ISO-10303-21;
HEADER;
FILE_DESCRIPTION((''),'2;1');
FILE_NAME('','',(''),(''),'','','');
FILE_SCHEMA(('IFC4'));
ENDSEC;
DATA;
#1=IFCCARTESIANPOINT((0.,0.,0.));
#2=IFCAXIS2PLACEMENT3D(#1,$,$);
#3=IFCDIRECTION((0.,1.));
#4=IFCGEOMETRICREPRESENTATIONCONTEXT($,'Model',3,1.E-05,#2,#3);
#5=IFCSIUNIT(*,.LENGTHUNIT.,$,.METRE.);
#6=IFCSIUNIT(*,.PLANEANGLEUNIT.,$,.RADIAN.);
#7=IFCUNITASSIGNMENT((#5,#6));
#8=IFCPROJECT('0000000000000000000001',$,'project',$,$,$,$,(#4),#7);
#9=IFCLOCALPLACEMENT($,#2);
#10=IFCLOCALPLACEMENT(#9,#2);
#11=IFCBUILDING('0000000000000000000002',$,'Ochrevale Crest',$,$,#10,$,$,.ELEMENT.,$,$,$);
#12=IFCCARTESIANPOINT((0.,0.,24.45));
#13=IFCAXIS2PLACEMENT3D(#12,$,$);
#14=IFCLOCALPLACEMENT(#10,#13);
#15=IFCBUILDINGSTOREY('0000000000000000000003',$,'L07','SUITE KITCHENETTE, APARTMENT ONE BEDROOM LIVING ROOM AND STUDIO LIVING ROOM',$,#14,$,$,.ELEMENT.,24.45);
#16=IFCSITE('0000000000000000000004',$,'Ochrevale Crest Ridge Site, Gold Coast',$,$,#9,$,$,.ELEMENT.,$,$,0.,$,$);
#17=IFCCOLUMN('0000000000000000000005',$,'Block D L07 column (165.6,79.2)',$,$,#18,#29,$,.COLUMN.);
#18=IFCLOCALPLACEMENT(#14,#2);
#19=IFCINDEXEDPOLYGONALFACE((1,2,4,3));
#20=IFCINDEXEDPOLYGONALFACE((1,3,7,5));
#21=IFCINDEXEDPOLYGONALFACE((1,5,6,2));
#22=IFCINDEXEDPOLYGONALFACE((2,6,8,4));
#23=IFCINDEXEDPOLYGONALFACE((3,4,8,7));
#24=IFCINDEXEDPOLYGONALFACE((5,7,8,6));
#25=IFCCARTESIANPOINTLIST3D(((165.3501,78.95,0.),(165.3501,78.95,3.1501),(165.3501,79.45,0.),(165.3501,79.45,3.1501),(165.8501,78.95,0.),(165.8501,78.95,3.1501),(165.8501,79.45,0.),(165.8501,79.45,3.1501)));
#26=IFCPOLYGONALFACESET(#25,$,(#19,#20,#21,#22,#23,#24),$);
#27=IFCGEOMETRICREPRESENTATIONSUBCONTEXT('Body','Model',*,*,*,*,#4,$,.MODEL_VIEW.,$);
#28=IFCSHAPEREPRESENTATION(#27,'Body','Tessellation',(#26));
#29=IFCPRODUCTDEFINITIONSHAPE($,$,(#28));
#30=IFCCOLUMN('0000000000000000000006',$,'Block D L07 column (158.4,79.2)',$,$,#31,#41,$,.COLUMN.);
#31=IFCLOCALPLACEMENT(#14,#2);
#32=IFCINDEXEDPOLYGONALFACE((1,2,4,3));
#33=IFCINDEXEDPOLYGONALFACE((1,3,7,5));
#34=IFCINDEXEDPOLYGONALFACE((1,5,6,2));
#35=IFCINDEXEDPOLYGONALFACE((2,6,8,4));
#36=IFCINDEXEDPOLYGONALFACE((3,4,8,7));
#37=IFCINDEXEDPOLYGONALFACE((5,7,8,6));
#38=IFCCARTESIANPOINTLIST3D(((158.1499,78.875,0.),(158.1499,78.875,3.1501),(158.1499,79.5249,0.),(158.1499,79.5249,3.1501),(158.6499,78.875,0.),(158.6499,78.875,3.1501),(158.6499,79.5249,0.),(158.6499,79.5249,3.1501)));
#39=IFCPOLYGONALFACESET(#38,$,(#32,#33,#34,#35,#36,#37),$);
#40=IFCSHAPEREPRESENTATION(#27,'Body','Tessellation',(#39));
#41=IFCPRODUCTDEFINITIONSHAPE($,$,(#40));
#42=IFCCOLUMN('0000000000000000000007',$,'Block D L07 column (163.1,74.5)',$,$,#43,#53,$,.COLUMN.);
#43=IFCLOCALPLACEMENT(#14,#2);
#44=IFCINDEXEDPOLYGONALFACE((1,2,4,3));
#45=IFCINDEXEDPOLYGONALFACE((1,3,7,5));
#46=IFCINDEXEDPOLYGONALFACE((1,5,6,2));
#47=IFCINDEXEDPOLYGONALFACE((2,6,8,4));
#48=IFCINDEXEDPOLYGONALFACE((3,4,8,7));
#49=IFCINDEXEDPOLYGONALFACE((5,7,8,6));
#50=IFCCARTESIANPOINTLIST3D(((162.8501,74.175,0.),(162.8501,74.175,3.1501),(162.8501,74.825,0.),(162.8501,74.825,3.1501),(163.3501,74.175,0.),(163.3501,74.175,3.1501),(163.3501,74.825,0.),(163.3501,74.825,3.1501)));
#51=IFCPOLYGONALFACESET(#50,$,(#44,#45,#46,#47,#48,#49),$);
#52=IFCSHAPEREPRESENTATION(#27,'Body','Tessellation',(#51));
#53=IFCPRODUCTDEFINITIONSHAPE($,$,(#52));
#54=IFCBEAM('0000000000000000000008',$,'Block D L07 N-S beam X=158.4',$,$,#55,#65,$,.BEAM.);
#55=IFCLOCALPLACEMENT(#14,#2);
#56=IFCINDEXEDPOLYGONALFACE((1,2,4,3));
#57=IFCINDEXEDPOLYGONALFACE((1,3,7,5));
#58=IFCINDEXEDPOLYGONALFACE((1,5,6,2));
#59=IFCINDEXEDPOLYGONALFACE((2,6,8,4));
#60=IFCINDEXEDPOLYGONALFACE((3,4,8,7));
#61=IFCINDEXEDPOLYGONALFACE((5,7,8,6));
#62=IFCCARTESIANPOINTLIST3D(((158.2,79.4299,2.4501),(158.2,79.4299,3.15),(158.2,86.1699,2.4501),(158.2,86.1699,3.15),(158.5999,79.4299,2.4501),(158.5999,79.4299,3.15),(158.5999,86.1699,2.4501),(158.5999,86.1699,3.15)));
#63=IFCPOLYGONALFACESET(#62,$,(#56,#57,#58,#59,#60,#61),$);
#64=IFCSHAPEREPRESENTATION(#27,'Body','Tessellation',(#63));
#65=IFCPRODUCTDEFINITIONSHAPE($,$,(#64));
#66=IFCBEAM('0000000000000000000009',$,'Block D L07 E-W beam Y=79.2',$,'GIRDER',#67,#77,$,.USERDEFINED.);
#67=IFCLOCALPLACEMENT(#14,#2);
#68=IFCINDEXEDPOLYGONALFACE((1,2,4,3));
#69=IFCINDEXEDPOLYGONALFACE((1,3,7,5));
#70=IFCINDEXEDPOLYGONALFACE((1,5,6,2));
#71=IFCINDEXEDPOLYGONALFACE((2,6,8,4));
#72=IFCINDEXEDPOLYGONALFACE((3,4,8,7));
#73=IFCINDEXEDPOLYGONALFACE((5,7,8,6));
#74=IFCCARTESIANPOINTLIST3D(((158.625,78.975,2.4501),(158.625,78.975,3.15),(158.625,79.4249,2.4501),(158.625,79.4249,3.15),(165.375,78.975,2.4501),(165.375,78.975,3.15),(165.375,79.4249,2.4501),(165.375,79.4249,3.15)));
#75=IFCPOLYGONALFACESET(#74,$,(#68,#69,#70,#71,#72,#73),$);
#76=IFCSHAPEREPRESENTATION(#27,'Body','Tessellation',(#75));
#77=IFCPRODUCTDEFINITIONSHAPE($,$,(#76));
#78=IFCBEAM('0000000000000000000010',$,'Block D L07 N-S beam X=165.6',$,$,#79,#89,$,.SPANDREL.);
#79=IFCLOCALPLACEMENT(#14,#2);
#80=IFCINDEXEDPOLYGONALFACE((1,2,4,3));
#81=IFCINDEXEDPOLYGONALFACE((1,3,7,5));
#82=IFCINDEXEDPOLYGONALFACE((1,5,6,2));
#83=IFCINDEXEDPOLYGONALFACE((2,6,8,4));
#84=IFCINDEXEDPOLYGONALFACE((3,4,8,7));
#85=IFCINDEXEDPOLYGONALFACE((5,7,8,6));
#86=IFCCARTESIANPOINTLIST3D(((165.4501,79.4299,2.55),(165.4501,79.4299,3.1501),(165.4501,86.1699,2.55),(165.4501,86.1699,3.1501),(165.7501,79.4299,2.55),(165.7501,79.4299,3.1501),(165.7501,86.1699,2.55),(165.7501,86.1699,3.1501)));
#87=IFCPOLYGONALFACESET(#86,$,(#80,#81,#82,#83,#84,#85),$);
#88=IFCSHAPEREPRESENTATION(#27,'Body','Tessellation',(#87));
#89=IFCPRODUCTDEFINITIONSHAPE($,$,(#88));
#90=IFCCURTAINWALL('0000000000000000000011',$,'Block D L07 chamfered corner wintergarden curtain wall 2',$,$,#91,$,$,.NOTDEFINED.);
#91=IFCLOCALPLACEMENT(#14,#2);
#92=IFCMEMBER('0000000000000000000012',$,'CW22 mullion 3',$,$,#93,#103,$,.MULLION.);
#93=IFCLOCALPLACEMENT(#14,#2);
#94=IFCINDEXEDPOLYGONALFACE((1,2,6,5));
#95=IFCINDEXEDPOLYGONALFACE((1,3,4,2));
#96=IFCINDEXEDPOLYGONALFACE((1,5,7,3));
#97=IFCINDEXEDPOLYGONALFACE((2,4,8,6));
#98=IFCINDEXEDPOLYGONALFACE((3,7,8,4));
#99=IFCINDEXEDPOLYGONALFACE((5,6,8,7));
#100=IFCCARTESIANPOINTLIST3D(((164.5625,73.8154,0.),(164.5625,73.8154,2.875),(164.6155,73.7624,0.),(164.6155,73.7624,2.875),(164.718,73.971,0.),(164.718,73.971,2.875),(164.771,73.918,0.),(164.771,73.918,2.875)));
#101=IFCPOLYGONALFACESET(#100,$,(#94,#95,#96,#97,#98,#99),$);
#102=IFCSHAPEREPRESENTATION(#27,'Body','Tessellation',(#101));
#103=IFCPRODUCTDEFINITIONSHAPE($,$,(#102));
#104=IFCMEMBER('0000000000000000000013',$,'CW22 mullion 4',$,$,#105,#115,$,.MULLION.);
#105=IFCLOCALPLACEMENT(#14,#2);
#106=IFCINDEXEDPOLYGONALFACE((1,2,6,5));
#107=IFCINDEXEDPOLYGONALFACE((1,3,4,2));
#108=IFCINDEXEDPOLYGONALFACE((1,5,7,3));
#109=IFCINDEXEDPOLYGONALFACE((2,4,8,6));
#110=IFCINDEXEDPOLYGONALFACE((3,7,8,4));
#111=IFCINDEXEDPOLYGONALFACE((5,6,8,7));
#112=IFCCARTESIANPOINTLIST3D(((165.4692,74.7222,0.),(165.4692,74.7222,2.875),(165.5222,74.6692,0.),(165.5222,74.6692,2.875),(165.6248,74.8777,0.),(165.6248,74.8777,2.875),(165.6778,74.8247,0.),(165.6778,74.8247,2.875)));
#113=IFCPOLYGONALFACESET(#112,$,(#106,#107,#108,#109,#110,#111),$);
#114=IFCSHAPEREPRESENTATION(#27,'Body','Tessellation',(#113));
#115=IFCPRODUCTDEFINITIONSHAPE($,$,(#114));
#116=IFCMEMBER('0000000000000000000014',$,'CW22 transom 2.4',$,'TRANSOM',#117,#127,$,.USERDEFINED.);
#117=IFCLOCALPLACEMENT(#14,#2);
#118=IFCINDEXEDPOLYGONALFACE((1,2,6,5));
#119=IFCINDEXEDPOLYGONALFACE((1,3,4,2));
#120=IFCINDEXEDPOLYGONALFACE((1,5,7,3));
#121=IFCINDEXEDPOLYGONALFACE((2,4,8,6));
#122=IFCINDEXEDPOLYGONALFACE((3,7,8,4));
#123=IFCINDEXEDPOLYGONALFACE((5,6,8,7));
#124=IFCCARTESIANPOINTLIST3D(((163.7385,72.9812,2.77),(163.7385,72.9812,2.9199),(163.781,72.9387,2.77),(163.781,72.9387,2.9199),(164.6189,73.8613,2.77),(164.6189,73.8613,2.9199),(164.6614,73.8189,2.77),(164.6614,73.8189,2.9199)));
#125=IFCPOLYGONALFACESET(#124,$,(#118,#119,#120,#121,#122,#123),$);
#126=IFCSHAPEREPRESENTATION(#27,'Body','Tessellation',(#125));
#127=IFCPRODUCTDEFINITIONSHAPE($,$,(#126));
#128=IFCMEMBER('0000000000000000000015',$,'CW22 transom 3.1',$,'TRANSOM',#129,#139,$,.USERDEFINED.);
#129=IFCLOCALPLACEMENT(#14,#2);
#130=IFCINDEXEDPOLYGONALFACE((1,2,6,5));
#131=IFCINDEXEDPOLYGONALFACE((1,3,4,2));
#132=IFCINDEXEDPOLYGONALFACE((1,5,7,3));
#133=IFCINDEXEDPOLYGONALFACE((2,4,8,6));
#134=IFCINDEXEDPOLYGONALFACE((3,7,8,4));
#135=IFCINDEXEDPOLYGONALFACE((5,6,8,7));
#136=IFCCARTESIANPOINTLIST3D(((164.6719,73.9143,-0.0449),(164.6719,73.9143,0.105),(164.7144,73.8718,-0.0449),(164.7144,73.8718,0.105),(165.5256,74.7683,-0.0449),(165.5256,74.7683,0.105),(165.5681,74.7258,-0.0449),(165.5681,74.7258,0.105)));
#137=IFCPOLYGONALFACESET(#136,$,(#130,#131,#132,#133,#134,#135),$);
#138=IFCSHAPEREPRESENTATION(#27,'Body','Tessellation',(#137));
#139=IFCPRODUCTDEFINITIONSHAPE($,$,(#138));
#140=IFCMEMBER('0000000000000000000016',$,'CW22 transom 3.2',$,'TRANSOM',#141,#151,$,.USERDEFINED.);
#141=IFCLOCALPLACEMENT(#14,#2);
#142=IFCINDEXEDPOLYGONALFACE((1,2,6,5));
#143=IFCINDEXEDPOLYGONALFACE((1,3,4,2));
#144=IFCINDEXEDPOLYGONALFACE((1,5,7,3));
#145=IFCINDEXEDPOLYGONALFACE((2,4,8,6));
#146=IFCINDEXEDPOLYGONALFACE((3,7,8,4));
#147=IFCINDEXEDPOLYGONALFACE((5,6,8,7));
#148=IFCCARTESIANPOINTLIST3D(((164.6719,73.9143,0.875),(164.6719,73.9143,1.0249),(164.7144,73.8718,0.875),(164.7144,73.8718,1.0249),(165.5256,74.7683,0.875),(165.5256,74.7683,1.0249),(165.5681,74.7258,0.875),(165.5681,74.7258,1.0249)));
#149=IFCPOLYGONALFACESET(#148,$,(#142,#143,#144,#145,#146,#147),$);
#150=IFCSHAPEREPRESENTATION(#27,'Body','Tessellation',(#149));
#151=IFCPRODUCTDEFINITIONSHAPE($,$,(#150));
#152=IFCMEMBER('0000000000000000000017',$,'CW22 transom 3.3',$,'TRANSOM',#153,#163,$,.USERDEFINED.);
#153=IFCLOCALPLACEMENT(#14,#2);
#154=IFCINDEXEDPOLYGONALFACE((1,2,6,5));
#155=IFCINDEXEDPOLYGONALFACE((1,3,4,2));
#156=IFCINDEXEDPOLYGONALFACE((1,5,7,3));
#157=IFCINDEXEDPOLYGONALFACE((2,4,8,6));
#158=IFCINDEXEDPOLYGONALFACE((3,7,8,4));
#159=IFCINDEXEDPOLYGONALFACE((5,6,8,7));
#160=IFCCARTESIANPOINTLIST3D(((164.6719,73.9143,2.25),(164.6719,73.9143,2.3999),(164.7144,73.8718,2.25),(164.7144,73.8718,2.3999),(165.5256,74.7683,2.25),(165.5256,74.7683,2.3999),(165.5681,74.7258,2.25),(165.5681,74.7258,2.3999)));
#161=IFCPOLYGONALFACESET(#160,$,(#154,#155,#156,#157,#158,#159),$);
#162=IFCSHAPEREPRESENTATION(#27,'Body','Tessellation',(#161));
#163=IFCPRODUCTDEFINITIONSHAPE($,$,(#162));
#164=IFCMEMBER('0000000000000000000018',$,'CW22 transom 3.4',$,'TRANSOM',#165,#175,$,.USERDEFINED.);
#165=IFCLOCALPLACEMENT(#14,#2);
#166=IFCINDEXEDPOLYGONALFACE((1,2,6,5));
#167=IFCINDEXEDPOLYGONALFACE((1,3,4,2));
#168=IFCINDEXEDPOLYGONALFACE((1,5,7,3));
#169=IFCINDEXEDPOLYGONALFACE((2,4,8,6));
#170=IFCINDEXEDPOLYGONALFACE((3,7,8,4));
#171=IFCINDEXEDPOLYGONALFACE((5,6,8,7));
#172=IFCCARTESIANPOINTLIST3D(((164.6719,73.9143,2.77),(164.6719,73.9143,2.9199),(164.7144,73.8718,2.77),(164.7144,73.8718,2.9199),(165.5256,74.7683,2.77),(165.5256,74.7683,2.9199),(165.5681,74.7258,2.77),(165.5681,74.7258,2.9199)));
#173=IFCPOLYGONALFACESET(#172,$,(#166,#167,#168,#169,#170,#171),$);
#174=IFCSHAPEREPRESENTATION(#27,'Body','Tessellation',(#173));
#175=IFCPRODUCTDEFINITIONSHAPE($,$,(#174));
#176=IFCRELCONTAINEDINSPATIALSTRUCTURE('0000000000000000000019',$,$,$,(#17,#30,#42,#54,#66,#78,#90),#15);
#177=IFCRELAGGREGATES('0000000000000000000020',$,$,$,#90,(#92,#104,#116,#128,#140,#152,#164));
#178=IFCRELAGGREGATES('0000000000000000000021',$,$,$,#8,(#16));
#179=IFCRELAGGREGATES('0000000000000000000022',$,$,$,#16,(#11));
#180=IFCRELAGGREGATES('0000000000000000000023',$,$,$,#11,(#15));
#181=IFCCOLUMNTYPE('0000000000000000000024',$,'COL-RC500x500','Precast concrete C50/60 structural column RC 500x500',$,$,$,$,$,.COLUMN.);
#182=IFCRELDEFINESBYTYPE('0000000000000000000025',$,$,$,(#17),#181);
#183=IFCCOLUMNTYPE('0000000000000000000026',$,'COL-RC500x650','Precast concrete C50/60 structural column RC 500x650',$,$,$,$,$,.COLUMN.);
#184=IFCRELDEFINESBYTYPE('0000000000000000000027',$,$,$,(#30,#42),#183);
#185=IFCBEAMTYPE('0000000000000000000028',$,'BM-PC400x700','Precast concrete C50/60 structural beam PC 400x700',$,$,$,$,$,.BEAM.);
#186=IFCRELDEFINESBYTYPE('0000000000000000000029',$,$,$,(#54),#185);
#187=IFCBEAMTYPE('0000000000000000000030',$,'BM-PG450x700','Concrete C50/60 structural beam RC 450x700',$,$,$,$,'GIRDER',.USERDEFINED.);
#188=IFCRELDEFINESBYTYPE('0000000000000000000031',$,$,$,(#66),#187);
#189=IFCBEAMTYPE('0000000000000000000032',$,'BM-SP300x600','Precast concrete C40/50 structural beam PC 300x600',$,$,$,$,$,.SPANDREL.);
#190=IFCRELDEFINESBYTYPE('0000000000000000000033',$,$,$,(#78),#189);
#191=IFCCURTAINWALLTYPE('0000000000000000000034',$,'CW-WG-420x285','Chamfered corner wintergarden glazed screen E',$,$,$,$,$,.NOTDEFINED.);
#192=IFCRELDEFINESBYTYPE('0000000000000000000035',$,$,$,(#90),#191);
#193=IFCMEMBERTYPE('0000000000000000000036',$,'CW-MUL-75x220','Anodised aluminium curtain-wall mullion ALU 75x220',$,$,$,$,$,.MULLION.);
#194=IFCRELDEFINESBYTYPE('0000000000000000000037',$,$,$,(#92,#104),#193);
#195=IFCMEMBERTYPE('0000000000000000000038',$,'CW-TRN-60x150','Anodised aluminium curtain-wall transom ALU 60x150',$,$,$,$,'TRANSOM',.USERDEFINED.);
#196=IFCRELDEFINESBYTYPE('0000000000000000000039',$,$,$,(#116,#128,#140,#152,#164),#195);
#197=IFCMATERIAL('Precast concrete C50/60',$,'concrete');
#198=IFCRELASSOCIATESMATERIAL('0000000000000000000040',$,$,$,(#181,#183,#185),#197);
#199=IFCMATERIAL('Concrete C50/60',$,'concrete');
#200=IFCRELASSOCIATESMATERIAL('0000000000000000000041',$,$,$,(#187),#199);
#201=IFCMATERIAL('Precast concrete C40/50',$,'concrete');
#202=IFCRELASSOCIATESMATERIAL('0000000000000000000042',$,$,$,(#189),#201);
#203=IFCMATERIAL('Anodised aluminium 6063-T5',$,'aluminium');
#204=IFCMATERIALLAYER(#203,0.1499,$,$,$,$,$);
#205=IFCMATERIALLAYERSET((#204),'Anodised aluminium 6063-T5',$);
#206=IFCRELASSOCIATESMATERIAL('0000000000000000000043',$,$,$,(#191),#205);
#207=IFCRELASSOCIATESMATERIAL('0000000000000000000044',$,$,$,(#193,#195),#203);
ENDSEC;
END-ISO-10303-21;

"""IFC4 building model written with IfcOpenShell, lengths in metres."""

from ifc_helpers import new_model, si_unit, direction, frame, origin, origin_2d, place, context, subcontext, project, spatial, rectangle, extrude, material, layer, layer_set, material_profile, profile_set, type_object, element, aggregate, save


model = new_model("IFC4")

# Units and contexts
model_context = context("Model", 3, precision=1e-05, world=origin(), true_north=direction((0.0, 1.0)))
body_context = subcontext(model_context, "Body", "Model", "MODEL_VIEW")
ifc_project = project(units=[si_unit("LENGTHUNIT", "METRE"), si_unit("PLANEANGLEUNIT", "RADIAN")], contexts=[model_context])

# Site, building, storey
site_placement = place(None, origin())
site = spatial("IfcSite", under=ifc_project, at=site_placement, Name="Ochrevale Crest Ridge Site, Gold Coast", CompositionType="ELEMENT", RefElevation=0.0)
building_placement = place(site_placement, origin())
building = spatial("IfcBuilding", under=site, at=building_placement, Name="Ochrevale Crest", CompositionType="ELEMENT")
storey_placement = place(building_placement, frame((0.0, 0.0, 24.45)))
storey = spatial("IfcBuildingStorey", under=building, at=storey_placement, Name="L07", Description="SUITE KITCHENETTE, APARTMENT ONE BEDROOM LIVING ROOM AND STUDIO LIVING ROOM", CompositionType="ELEMENT", Elevation=24.45)

# Columns
ifc_material_1 = material(Name="Precast concrete C50/60", Category="concrete")
ifc_material_profile_1 = material_profile(ifc_material_1, rectangle(XDim=0.5, YDim=0.5, at=origin_2d()), Name="RC 500x500")
ifc_profile_set_1 = profile_set([ifc_material_profile_1], Name="Precast concrete C50/60")
column_type_1 = type_object("IfcColumnType", Name="COL-RC500x500", Description="Precast concrete C50/60 structural column RC 500x500", PredefinedType="COLUMN", material=ifc_profile_set_1)
column_placement = place(storey_placement, frame((165.6001, 79.2, 0.0), z_axis=(0.0, 0.0, 1.0), x_axis=(1.0, 0.0, 0.0)))
element("IfcColumn", 1, at=column_placement, inside=storey, type_object=column_type_1, Name="Block D L07 column (165.6,79.2)", PredefinedType="COLUMN", context=body_context, shape_type="SweptSolid", body=[
    extrude(rectangle(XDim=0.5, YDim=0.5, at=origin_2d()), origin(), (0.0, 0.0, 1.0), 3.1501),
])
ifc_material_profile_2 = material_profile(ifc_material_1, rectangle(XDim=0.5, YDim=0.6499, at=origin_2d()), Name="RC 500x650")
ifc_profile_set_2 = profile_set([ifc_material_profile_2], Name="Precast concrete C50/60")
column_type_2 = type_object("IfcColumnType", Name="COL-RC500x650", Description="Precast concrete C50/60 structural column RC 500x650", PredefinedType="COLUMN", material=ifc_profile_set_2)
for number, where, z_axis, x_axis, name in (
    (2, (158.3999, 79.2, 0.0), (0.0, 0.0, 1.0), (1.0, 0.0, 0.0), "Block D L07 column (158.4,79.2)"),
    (3, (163.1001, 74.5, 0.0), (0.0, 0.0, 1.0), (1.0, 0.0, 0.0), "Block D L07 column (163.1,74.5)"),
):
    element("IfcColumn", number, at=place(storey_placement, frame(where, z_axis=z_axis, x_axis=x_axis)), inside=storey, type_object=column_type_2, Name=name, PredefinedType="COLUMN", context=body_context, shape_type="SweptSolid", body=[
        extrude(rectangle(XDim=0.5, YDim=0.6499, at=origin_2d()), origin(), (0.0, 0.0, 1.0), 3.1501),
    ])

# Beams
ifc_material_profile_3 = material_profile(ifc_material_1, rectangle(XDim=0.3999, YDim=0.7, at=origin_2d()), Name="PC 400x700")
ifc_profile_set_3 = profile_set([ifc_material_profile_3], Name="Precast concrete C50/60")
beam_type_1 = type_object("IfcBeamType", Name="BM-PC400x700", Description="Precast concrete C50/60 structural beam PC 400x700", PredefinedType="BEAM", material=ifc_profile_set_3)
beam_1_placement = place(storey_placement, frame((158.3999, 79.4299, 2.8), z_axis=(0.0, 1.0, 0.0), x_axis=(-1.0, 0.0, 0.0)))
element("IfcBeam", 4, at=beam_1_placement, inside=storey, type_object=beam_type_1, Name="Block D L07 N-S beam X=158.4", PredefinedType="BEAM", context=body_context, shape_type="SweptSolid", body=[
    extrude(rectangle(XDim=0.3999, YDim=0.7, at=origin_2d()), origin(), (0.0, 0.0, 1.0), 6.74),
])
ifc_material_2 = material(Name="Concrete C50/60", Category="concrete")
ifc_material_profile_4 = material_profile(ifc_material_2, rectangle(XDim=0.45, YDim=0.7, at=origin_2d()), Name="RC 450x700")
ifc_profile_set_4 = profile_set([ifc_material_profile_4], Name="Concrete C50/60")
beam_type_2 = type_object("IfcBeamType", Name="BM-PG450x700", Description="Concrete C50/60 structural beam RC 450x700", ElementType="GIRDER", PredefinedType="USERDEFINED", material=ifc_profile_set_4)
beam_2_placement = place(storey_placement, frame((158.625, 79.2, 2.8), z_axis=(1.0, 0.0, 0.0), x_axis=(0.0, 1.0, 0.0)))
element("IfcBeam", 5, at=beam_2_placement, inside=storey, type_object=beam_type_2, Name="Block D L07 E-W beam Y=79.2", ObjectType="GIRDER", PredefinedType="USERDEFINED", context=body_context, shape_type="SweptSolid", body=[
    extrude(rectangle(XDim=0.45, YDim=0.7, at=origin_2d()), origin(), (0.0, 0.0, 1.0), 6.75),
])
ifc_material_3 = material(Name="Precast concrete C40/50", Category="concrete")
ifc_material_profile_5 = material_profile(ifc_material_3, rectangle(XDim=0.3, YDim=0.6001, at=origin_2d()), Name="PC 300x600")
ifc_profile_set_5 = profile_set([ifc_material_profile_5], Name="Precast concrete C40/50")
beam_type_3 = type_object("IfcBeamType", Name="BM-SP300x600", Description="Precast concrete C40/50 structural beam PC 300x600", PredefinedType="SPANDREL", material=ifc_profile_set_5)
beam_3_placement = place(storey_placement, frame((165.6001, 79.4299, 2.8501), z_axis=(0.0, 1.0, 0.0), x_axis=(-1.0, 0.0, 0.0)))
element("IfcBeam", 6, at=beam_3_placement, inside=storey, type_object=beam_type_3, Name="Block D L07 N-S beam X=165.6", PredefinedType="SPANDREL", context=body_context, shape_type="SweptSolid", body=[
    extrude(rectangle(XDim=0.3, YDim=0.6001, at=origin_2d()), origin(), (0.0, 0.0, 1.0), 6.74),
])

# Curtain wall, members
ifc_material_4 = material(Name="Anodised aluminium 6063-T5", Category="aluminium")
ifc_layer_1 = layer(ifc_material_4, 0.1499)
ifc_layer_set_1 = layer_set([ifc_layer_1], Name="Anodised aluminium 6063-T5")
curtain_wall_type = type_object("IfcCurtainWallType", Name="CW-WG-420x285", Description="Chamfered corner wintergarden glazed screen E", PredefinedType="NOTDEFINED", material=ifc_layer_set_1)
curtain_wall_placement = place(storey_placement, origin())
curtain_wall = element("IfcCurtainWall", 7, at=curtain_wall_placement, inside=storey, type_object=curtain_wall_type, Name="Block D L07 chamfered corner wintergarden curtain wall 2", PredefinedType="NOTDEFINED")
ifc_material_profile_6 = material_profile(ifc_material_4, rectangle(XDim=0.075, YDim=0.22, at=origin_2d()), Name="ALU 75x220")
ifc_profile_set_6 = profile_set([ifc_material_profile_6], Name="Anodised aluminium 6063-T5")
member_type_1 = type_object("IfcMemberType", Name="CW-MUL-75x220", Description="Anodised aluminium curtain-wall mullion ALU 75x220", PredefinedType="MULLION", material=ifc_profile_set_6)
member_1_placement = place(storey_placement, frame((164.6667, 73.8667, 0.0), z_axis=(0.0, 0.0, 1.0), x_axis=(-0.707107, 0.707107, 0.0)))
member_1 = element("IfcMember", 8, at=member_1_placement, type_object=member_type_1, Name="CW22 mullion 3", PredefinedType="MULLION", context=body_context, shape_type="SweptSolid", body=[
    extrude(rectangle(XDim=0.075, YDim=0.22, at=origin_2d()), origin(), (0.0, 0.0, 1.0), 2.875),
])
member_2_placement = place(storey_placement, frame((165.5735, 74.7734, 0.0), z_axis=(0.0, 0.0, 1.0), x_axis=(-0.707107, 0.707107, 0.0)))
member_2 = element("IfcMember", 9, at=member_2_placement, type_object=member_type_1, Name="CW22 mullion 4", PredefinedType="MULLION", context=body_context, shape_type="SweptSolid", body=[
    extrude(rectangle(XDim=0.075, YDim=0.22, at=origin_2d()), origin(), (0.0, 0.0, 1.0), 2.875),
])
ifc_material_profile_7 = material_profile(ifc_material_4, rectangle(XDim=0.0601, YDim=0.1499, at=origin_2d()), Name="ALU 60x150")
ifc_profile_set_7 = profile_set([ifc_material_profile_7], Name="Anodised aluminium 6063-T5")
member_type_2 = type_object("IfcMemberType", Name="CW-TRN-60x150", Description="Anodised aluminium curtain-wall transom ALU 60x150", ElementType="TRANSOM", PredefinedType="USERDEFINED", material=ifc_profile_set_7)
member_3_placement = place(storey_placement, frame((163.7598, 72.96, 2.845), z_axis=(0.707205, 0.707009, 0.0), x_axis=(-0.707009, 0.707205, 0.0)))
member_3 = element("IfcMember", 10, at=member_3_placement, type_object=member_type_2, Name="CW22 transom 2.4", ObjectType="TRANSOM", PredefinedType="USERDEFINED", context=body_context, shape_type="SweptSolid", body=[
    extrude(rectangle(XDim=0.0601, YDim=0.1499, at=origin_2d()), origin(), (0.0, 0.0, 1.0), 1.2449),
])
member_4_placement = place(storey_placement, frame((164.6931, 73.8931, 0.03), z_axis=(0.707006, 0.707208, 0.0), x_axis=(-0.707208, 0.707006, 0.0)))
member_4 = element("IfcMember", 11, at=member_4_placement, type_object=member_type_2, Name="CW22 transom 3.1", ObjectType="TRANSOM", PredefinedType="USERDEFINED", context=body_context, shape_type="SweptSolid", body=[
    extrude(rectangle(XDim=0.0601, YDim=0.1499, at=origin_2d()), origin(), (0.0, 0.0, 1.0), 1.2075),
])
member_5_placement = place(storey_placement, frame((164.6931, 73.8931, 0.95), z_axis=(0.707006, 0.707208, 0.0), x_axis=(-0.707208, 0.707006, 0.0)))
member_5 = element("IfcMember", 12, at=member_5_placement, type_object=member_type_2, Name="CW22 transom 3.2", ObjectType="TRANSOM", PredefinedType="USERDEFINED", context=body_context, shape_type="SweptSolid", body=[
    extrude(rectangle(XDim=0.0601, YDim=0.1499, at=origin_2d()), origin(), (0.0, 0.0, 1.0), 1.2075),
])
member_6_placement = place(storey_placement, frame((164.6931, 73.8931, 2.325), z_axis=(0.707006, 0.707208, 0.0), x_axis=(-0.707208, 0.707006, 0.0)))
member_6 = element("IfcMember", 13, at=member_6_placement, type_object=member_type_2, Name="CW22 transom 3.3", ObjectType="TRANSOM", PredefinedType="USERDEFINED", context=body_context, shape_type="SweptSolid", body=[
    extrude(rectangle(XDim=0.0601, YDim=0.1499, at=origin_2d()), origin(), (0.0, 0.0, 1.0), 1.2075),
])
member_7_placement = place(storey_placement, frame((164.6931, 73.8931, 2.845), z_axis=(0.707006, 0.707208, 0.0), x_axis=(-0.707208, 0.707006, 0.0)))
member_7 = element("IfcMember", 14, at=member_7_placement, type_object=member_type_2, Name="CW22 transom 3.4", ObjectType="TRANSOM", PredefinedType="USERDEFINED", context=body_context, shape_type="SweptSolid", body=[
    extrude(rectangle(XDim=0.0601, YDim=0.1499, at=origin_2d()), origin(), (0.0, 0.0, 1.0), 1.2075),
])
aggregate(curtain_wall, [member_1, member_2, member_3, member_4, member_5, member_6, member_7])

save(model, "model.ifc")
